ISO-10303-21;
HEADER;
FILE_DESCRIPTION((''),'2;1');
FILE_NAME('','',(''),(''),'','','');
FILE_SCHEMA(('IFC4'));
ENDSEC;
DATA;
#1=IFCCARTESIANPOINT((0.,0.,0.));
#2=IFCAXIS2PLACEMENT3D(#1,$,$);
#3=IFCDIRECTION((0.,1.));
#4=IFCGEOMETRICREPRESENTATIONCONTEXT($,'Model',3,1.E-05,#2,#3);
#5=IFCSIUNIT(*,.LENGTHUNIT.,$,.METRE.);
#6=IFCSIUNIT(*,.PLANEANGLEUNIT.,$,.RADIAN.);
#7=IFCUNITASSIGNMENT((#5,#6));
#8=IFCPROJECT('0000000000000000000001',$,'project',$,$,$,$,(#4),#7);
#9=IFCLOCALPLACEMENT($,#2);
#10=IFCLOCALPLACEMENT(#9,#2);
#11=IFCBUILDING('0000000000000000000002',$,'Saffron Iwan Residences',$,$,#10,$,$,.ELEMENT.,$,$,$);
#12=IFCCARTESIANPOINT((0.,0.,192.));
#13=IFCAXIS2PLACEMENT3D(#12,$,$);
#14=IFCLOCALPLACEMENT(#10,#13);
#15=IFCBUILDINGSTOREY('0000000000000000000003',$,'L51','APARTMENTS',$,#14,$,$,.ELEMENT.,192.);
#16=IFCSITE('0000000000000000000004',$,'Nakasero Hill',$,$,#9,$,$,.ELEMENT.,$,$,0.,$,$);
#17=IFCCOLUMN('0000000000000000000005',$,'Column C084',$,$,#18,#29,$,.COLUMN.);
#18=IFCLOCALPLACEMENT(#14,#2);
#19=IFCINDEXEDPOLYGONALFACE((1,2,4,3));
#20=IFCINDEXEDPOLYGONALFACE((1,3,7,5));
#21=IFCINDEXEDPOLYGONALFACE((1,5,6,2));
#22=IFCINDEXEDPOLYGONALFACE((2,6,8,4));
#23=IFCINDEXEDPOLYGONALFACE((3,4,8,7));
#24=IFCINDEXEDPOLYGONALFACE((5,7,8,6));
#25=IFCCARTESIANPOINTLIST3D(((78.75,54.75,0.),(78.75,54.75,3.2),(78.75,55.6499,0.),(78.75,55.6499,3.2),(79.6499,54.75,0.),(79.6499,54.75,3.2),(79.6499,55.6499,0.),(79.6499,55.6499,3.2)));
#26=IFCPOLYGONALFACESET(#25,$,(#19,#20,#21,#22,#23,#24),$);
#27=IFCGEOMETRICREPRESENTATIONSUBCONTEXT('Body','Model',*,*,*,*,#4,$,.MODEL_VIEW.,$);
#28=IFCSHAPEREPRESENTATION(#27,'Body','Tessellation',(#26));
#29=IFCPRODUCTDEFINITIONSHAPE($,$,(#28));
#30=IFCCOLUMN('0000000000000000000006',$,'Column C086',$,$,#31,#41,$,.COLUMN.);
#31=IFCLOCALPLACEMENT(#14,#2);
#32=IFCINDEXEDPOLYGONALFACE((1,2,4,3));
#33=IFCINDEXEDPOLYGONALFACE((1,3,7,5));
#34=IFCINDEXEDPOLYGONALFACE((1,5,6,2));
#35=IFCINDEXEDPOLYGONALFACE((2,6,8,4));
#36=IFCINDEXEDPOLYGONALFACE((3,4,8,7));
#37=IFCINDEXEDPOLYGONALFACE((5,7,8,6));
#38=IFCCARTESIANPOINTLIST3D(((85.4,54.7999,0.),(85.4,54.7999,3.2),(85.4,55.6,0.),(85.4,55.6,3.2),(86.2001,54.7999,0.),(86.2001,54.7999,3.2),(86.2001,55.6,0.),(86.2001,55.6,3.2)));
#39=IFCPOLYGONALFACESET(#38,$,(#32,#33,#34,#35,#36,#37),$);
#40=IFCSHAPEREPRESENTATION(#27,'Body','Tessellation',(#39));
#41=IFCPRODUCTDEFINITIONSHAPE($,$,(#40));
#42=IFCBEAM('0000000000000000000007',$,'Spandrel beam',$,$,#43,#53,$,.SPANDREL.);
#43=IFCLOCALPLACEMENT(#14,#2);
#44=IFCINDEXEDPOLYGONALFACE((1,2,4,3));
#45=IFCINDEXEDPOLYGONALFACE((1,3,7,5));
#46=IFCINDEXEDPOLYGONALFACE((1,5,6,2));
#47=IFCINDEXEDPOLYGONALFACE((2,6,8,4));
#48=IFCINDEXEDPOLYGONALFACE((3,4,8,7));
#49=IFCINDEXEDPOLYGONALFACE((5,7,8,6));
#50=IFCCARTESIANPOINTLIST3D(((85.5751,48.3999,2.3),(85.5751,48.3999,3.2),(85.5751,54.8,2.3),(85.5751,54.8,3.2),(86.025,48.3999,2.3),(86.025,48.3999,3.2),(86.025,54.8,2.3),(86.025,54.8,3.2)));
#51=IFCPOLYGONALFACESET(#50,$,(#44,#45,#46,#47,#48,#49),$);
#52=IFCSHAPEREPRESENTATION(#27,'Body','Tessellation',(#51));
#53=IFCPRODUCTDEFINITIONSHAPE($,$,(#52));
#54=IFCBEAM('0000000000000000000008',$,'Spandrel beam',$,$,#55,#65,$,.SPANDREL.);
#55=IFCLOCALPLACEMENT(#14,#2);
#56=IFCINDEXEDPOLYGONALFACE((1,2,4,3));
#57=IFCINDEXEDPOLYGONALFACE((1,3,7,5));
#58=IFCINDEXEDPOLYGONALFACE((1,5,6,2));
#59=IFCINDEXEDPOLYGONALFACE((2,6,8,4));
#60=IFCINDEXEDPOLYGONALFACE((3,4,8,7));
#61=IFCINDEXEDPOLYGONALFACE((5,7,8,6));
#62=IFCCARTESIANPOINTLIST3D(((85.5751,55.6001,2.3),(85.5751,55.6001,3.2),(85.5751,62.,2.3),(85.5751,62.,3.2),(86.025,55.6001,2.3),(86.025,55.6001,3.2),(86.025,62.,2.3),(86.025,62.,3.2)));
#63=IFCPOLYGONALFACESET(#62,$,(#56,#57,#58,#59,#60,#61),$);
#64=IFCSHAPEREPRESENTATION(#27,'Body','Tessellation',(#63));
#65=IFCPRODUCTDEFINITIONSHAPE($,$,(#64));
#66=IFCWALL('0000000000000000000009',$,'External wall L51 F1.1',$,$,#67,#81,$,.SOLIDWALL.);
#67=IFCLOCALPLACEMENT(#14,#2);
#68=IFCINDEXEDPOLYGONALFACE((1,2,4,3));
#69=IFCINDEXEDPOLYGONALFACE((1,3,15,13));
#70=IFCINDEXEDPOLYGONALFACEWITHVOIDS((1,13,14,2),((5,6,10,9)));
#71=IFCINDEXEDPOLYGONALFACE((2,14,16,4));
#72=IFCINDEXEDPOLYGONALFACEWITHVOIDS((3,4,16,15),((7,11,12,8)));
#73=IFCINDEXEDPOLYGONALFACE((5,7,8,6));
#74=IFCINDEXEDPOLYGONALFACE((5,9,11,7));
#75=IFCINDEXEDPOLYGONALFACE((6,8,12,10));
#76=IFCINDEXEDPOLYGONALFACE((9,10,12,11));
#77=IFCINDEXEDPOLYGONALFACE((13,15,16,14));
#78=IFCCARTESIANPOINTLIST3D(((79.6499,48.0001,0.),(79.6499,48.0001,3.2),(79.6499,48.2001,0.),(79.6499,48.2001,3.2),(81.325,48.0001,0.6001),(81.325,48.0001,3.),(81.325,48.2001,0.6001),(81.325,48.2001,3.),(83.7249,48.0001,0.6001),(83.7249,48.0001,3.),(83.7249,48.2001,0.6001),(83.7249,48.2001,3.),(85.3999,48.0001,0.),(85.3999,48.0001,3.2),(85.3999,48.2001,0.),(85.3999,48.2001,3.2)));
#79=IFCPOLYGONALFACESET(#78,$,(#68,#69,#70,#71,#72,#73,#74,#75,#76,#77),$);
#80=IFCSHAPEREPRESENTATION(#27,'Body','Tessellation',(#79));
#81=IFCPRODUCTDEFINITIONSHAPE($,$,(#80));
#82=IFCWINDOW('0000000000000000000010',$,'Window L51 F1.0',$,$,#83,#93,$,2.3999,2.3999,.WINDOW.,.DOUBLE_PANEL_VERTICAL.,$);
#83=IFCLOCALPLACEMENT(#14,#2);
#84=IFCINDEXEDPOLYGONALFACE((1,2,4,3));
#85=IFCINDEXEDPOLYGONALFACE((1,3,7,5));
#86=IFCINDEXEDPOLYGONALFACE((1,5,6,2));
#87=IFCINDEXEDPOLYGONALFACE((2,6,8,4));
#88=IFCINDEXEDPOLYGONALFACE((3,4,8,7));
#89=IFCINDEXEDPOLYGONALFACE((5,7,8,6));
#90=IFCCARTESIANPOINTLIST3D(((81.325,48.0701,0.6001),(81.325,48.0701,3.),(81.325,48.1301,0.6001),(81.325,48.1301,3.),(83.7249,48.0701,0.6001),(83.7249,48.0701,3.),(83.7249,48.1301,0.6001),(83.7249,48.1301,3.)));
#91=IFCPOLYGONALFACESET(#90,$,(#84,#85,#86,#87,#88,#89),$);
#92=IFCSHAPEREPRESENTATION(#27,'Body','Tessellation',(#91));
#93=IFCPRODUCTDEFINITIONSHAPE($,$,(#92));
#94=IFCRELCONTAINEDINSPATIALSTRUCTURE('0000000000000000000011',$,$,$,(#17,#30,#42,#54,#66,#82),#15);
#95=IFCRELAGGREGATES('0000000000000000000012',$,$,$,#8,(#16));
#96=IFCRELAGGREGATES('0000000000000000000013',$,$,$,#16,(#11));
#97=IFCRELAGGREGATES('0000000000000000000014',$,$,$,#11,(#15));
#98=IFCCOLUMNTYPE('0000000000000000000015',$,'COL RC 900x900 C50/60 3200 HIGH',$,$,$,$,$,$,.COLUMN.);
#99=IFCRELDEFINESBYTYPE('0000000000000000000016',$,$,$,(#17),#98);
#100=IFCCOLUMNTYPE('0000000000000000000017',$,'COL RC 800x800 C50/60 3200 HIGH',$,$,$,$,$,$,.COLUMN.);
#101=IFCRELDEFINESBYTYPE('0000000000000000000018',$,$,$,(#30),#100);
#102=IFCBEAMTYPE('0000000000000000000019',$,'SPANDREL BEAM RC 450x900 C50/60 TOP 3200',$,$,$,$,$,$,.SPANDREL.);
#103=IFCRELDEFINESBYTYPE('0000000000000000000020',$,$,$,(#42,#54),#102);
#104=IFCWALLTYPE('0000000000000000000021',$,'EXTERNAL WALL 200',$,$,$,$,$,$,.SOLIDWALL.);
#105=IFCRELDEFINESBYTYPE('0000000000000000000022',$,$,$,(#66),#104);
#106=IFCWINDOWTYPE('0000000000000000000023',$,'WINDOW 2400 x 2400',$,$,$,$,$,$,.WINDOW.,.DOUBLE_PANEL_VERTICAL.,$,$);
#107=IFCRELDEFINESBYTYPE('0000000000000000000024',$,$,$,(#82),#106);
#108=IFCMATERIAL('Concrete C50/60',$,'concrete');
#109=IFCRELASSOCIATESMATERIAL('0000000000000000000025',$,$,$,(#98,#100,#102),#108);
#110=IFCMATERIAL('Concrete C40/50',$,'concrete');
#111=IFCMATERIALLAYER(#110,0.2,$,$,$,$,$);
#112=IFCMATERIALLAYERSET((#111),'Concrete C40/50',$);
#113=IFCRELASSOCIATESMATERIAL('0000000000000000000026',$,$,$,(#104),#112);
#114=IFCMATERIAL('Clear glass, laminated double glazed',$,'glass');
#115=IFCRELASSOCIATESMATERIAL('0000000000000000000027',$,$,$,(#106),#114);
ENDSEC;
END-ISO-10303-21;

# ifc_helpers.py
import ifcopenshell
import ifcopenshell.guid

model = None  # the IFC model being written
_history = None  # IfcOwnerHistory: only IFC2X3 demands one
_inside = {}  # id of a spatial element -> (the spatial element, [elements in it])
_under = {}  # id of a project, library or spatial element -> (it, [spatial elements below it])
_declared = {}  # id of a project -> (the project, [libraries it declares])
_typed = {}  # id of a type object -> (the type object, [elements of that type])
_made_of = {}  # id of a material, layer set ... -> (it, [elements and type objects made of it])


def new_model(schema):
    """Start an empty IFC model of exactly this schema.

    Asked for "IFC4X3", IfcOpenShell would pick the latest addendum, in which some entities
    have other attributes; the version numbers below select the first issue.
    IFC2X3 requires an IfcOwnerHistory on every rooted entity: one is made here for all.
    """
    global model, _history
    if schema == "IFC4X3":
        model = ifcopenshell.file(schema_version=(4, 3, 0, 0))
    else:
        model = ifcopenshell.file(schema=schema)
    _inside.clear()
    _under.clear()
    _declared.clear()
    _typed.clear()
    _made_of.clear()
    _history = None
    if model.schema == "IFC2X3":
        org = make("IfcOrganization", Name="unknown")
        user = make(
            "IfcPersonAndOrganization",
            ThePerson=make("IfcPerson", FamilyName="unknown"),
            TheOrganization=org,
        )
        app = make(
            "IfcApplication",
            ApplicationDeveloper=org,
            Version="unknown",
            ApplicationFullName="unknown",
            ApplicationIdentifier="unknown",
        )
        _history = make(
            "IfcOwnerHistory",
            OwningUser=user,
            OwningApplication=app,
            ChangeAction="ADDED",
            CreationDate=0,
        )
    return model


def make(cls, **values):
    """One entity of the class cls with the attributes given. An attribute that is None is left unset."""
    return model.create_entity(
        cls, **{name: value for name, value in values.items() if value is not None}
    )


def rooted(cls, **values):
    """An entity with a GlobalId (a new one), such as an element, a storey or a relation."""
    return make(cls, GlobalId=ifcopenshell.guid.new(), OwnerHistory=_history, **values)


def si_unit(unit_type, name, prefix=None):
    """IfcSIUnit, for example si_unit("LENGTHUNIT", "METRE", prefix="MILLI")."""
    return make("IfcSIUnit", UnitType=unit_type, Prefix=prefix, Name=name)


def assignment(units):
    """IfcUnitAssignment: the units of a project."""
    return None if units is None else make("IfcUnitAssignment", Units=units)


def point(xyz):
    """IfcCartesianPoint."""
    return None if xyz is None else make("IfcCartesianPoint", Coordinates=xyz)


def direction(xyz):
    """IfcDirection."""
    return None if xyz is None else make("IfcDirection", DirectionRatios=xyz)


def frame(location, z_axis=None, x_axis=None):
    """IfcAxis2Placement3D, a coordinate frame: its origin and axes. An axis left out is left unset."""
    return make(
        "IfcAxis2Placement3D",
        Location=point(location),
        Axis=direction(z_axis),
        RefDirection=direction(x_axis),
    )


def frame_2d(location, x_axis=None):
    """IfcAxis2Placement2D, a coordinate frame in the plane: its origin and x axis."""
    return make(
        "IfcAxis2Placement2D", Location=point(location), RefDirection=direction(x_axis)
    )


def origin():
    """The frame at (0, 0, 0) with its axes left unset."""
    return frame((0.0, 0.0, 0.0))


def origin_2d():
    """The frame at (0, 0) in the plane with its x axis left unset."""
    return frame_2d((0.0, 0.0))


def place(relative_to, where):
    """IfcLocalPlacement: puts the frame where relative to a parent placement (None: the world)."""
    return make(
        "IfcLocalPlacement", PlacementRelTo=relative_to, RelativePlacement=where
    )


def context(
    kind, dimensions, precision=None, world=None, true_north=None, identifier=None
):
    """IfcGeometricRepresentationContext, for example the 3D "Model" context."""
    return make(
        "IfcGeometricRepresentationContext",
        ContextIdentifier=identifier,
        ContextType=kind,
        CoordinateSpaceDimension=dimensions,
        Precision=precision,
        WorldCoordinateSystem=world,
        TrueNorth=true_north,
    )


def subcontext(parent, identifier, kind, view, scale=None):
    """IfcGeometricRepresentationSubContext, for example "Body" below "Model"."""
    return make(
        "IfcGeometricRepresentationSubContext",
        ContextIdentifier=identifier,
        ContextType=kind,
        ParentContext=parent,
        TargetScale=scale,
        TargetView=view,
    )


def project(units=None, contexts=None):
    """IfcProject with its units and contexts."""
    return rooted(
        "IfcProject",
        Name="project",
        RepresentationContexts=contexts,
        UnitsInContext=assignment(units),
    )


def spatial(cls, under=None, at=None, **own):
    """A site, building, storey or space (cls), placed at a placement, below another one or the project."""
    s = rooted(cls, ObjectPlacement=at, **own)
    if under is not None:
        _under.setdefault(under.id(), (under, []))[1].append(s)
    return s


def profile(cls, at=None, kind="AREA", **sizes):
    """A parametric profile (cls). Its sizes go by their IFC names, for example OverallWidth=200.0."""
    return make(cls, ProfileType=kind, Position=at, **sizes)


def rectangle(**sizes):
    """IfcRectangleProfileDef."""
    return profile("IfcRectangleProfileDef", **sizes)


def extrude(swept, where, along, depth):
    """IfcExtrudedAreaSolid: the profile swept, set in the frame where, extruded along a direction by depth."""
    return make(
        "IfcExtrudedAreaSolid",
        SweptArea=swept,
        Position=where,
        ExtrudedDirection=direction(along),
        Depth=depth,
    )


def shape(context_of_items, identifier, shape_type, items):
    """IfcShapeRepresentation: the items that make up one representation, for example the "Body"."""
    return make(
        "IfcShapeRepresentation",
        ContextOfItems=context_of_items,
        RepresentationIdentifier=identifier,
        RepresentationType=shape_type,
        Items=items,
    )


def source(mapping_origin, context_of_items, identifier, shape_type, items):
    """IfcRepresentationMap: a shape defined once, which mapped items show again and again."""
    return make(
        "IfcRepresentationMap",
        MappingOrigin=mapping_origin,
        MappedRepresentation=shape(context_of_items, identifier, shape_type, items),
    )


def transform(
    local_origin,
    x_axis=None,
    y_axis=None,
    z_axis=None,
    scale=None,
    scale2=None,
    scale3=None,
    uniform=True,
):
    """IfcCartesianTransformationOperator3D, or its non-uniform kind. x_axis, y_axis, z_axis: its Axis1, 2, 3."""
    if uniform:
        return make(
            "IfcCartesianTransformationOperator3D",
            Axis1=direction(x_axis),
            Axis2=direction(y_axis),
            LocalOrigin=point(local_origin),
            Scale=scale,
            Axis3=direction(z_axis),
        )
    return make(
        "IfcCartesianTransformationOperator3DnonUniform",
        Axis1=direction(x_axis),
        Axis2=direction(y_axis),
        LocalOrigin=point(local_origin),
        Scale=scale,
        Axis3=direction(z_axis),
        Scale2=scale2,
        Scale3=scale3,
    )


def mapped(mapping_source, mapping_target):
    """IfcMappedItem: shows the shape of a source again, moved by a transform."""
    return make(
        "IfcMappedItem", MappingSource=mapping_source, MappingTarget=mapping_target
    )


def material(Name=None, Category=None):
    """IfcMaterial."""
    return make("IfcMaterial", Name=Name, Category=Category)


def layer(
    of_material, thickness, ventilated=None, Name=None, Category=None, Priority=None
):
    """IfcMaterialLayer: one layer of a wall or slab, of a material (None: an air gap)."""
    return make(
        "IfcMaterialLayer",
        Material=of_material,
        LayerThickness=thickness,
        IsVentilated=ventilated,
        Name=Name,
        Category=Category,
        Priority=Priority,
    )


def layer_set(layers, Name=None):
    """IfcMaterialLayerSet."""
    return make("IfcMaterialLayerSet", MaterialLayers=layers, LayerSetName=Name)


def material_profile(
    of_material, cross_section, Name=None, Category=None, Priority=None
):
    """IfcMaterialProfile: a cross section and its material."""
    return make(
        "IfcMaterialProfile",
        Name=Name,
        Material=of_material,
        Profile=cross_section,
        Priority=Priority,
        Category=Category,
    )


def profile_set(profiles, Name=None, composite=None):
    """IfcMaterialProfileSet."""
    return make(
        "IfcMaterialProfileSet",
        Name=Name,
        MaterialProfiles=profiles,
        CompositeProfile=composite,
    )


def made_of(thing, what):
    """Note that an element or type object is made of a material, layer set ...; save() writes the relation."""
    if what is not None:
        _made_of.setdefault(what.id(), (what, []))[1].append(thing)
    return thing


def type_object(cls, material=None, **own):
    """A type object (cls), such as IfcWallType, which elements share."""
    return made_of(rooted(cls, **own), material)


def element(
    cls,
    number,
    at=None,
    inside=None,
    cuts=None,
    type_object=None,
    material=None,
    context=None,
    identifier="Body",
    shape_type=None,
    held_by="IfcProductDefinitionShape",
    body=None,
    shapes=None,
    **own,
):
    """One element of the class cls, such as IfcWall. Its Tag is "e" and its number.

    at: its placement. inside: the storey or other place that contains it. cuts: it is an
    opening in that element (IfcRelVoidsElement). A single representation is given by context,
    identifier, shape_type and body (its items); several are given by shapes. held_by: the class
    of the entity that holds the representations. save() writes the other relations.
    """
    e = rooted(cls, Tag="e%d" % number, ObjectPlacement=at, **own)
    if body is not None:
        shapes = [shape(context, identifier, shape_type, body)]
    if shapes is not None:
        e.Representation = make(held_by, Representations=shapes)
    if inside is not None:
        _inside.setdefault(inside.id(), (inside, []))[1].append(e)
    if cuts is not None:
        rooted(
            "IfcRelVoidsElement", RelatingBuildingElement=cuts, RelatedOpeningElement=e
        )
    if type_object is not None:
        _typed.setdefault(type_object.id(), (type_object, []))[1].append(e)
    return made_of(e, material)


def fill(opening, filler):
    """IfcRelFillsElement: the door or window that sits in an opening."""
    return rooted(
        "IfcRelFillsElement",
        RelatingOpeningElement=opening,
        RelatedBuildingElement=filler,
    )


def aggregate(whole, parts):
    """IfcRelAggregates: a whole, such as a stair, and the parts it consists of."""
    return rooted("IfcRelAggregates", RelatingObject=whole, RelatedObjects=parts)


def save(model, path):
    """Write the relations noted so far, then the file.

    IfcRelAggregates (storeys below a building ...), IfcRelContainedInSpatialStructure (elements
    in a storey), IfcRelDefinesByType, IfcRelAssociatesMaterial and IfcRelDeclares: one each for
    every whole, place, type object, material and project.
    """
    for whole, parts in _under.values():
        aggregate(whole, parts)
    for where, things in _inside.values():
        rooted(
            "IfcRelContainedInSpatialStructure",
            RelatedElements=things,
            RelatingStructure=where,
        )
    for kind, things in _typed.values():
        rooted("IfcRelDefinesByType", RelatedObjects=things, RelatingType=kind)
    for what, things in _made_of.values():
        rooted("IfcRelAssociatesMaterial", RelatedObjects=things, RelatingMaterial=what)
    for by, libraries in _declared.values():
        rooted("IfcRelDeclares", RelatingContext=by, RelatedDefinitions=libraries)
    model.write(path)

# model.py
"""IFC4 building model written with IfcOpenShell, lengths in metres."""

from ifc_helpers import new_model, si_unit, direction, frame, frame_2d, origin, origin_2d, place, context, subcontext, project, spatial, rectangle, extrude, source, transform, mapped, material, layer, layer_set, material_profile, profile_set, type_object, element, fill, save


model = new_model("IFC4")

# Units and contexts
model_context = context("Model", 3, precision=1e-05, world=origin(), true_north=direction((0.0, 1.0)))
body_context = subcontext(model_context, "Body", "Model", "MODEL_VIEW")
ifc_project = project(units=[si_unit("LENGTHUNIT", "METRE"), si_unit("PLANEANGLEUNIT", "RADIAN")], contexts=[model_context])

# Site, building, storey
site_placement = place(None, origin())
site = spatial("IfcSite", under=ifc_project, at=site_placement, Name="Nakasero Hill", CompositionType="ELEMENT", RefElevation=0.0)
building_placement = place(site_placement, origin())
building = spatial("IfcBuilding", under=site, at=building_placement, Name="Saffron Iwan Residences", CompositionType="ELEMENT")
storey_placement = place(building_placement, frame((0.0, 0.0, 192.0)))
storey = spatial("IfcBuildingStorey", under=building, at=storey_placement, Name="L51", Description="APARTMENTS", CompositionType="ELEMENT", Elevation=192.0)

# Columns
ifc_material_1 = material(Name="Concrete C50/60", Category="concrete")
ifc_material_profile_1 = material_profile(ifc_material_1, rectangle(XDim=0.8999, YDim=0.8999, at=origin_2d()), Name="RC 900x900")
ifc_profile_set_1 = profile_set([ifc_material_profile_1], Name="Concrete C50/60")
column_type_1 = type_object("IfcColumnType", Name="COL RC 900x900 C50/60 3200 HIGH", PredefinedType="COLUMN", material=ifc_profile_set_1)
shared_shape_1 = source(origin(), body_context, "Body", "SweptSolid", [
    extrude(rectangle(XDim=0.8999, YDim=0.8999, at=origin_2d()), origin(), (0.0, 0.0, 1.0), 3.2),
])
column_1_placement = place(storey_placement, frame((79.2, 55.2, 0.0), z_axis=(0.0, 0.0, 1.0), x_axis=(1.0, 0.0, 0.0)))
element("IfcColumn", 1, at=column_1_placement, inside=storey, type_object=column_type_1, Name="Column C084", PredefinedType="COLUMN", context=body_context, shape_type="MappedRepresentation", body=[
    mapped(shared_shape_1, transform((0.0, 0.0, 0.0))),
])
ifc_material_profile_2 = material_profile(ifc_material_1, rectangle(XDim=0.8, YDim=0.8, at=origin_2d()), Name="RC 800x800")
ifc_profile_set_2 = profile_set([ifc_material_profile_2], Name="Concrete C50/60")
column_type_2 = type_object("IfcColumnType", Name="COL RC 800x800 C50/60 3200 HIGH", PredefinedType="COLUMN", material=ifc_profile_set_2)
shared_shape_2 = source(origin(), body_context, "Body", "SweptSolid", [
    extrude(rectangle(XDim=0.8, YDim=0.8, at=origin_2d()), origin(), (0.0, 0.0, 1.0), 3.2),
])
column_2_placement = place(storey_placement, frame((85.8, 55.2, 0.0), z_axis=(0.0, 0.0, 1.0), x_axis=(1.0, 0.0, 0.0)))
element("IfcColumn", 2, at=column_2_placement, inside=storey, type_object=column_type_2, Name="Column C086", PredefinedType="COLUMN", context=body_context, shape_type="MappedRepresentation", body=[
    mapped(shared_shape_2, transform((0.0, 0.0, 0.0))),
])

# Beams
ifc_material_profile_3 = material_profile(ifc_material_1, rectangle(XDim=0.45, YDim=0.8999, at=origin_2d()), Name="RC 450x900")
ifc_profile_set_3 = profile_set([ifc_material_profile_3], Name="Concrete C50/60")
beam_type = type_object("IfcBeamType", Name="SPANDREL BEAM RC 450x900 C50/60 TOP 3200", PredefinedType="SPANDREL", material=ifc_profile_set_3)
shared_shape_3 = source(origin(), body_context, "Body", "SweptSolid", [
    extrude(rectangle(XDim=0.45, YDim=0.8999, at=origin_2d()), origin(), (0.0, 0.0, 1.0), 6.4001),
])
beam_1_placement = place(storey_placement, frame((85.8, 54.8, 2.75), z_axis=(0.0, -1.0, 0.0), x_axis=(1.0, 0.0, 0.0)))
element("IfcBeam", 3, at=beam_1_placement, inside=storey, type_object=beam_type, Name="Spandrel beam", PredefinedType="SPANDREL", context=body_context, shape_type="MappedRepresentation", body=[
    mapped(shared_shape_3, transform((0.0, 0.0, 0.0))),
])
shared_shape_4 = source(origin(), body_context, "Body", "SweptSolid", [
    extrude(rectangle(XDim=0.45, YDim=0.8999, at=origin_2d()), origin(), (0.0, 0.0, 1.0), 6.3999),
])
beam_2_placement = place(storey_placement, frame((85.8, 62.0, 2.75), z_axis=(0.0, -1.0, 0.0), x_axis=(1.0, 0.0, 0.0)))
element("IfcBeam", 4, at=beam_2_placement, inside=storey, type_object=beam_type, Name="Spandrel beam", PredefinedType="SPANDREL", context=body_context, shape_type="MappedRepresentation", body=[
    mapped(shared_shape_4, transform((0.0, 0.0, 0.0))),
])

# Wall, opening, window
ifc_material_2 = material(Name="Concrete C40/50", Category="concrete")
ifc_layer_1 = layer(ifc_material_2, 0.2)
ifc_layer_set_1 = layer_set([ifc_layer_1], Name="Concrete C40/50")
wall_type_1 = type_object("IfcWallType", Name="EXTERNAL WALL 200", PredefinedType="SOLIDWALL", material=ifc_layer_set_1)
wall_1_placement = place(storey_placement, frame((79.6499, 48.1001, 0.0), z_axis=(0.0, 0.0, 1.0), x_axis=(1.0, 0.0, 0.0)))
wall_1 = element("IfcWall", 5, at=wall_1_placement, inside=storey, type_object=wall_type_1, Name="External wall L51 F1.1", PredefinedType="SOLIDWALL", context=body_context, shape_type="SweptSolid", body=[
    extrude(rectangle(XDim=5.75, YDim=0.2, at=frame_2d((2.875, 0.0))), origin(), (0.0, 0.0, 1.0), 3.2),
])
opening_1_placement = place(wall_1_placement, frame((1.675, 0.0, 0.6001)))
opening_1 = element("IfcOpeningElement", 6, at=opening_1_placement, cuts=wall_1, PredefinedType="OPENING", context=body_context, shape_type="SweptSolid", body=[
    extrude(rectangle(XDim=2.3999, YDim=2.3999, at=frame_2d((1.2, 1.2))), frame((0.0, 0.1099, 0.0), z_axis=(0.0, -1.0, 0.0), x_axis=(1.0, 0.0, 0.0)), (0.0, 0.0, 1.0), 0.22),
])
ifc_material_3 = material(Name="Clear glass, laminated double glazed", Category="glass")
window_type = type_object("IfcWindowType", Name="WINDOW 2400 x 2400", PartitioningType="DOUBLE_PANEL_VERTICAL", PredefinedType="WINDOW", material=ifc_material_3)
window_1_placement = place(opening_1_placement, origin())
window_1 = element("IfcWindow", 7, at=window_1_placement, inside=storey, type_object=window_type, Name="Window L51 F1.0", OverallHeight=2.3999, OverallWidth=2.3999, PartitioningType="DOUBLE_PANEL_VERTICAL", PredefinedType="WINDOW", context=body_context, shape_type="SweptSolid", body=[
    extrude(rectangle(XDim=2.3999, YDim=2.3999, at=frame_2d((1.2, 1.2))), frame((0.0, 0.03, 0.0), z_axis=(0.0, -1.0, 0.0), x_axis=(1.0, 0.0, 0.0)), (0.0, 0.0, 1.0), 0.0601),
])
fill(opening_1, window_1)

save(model, "model.ifc")
